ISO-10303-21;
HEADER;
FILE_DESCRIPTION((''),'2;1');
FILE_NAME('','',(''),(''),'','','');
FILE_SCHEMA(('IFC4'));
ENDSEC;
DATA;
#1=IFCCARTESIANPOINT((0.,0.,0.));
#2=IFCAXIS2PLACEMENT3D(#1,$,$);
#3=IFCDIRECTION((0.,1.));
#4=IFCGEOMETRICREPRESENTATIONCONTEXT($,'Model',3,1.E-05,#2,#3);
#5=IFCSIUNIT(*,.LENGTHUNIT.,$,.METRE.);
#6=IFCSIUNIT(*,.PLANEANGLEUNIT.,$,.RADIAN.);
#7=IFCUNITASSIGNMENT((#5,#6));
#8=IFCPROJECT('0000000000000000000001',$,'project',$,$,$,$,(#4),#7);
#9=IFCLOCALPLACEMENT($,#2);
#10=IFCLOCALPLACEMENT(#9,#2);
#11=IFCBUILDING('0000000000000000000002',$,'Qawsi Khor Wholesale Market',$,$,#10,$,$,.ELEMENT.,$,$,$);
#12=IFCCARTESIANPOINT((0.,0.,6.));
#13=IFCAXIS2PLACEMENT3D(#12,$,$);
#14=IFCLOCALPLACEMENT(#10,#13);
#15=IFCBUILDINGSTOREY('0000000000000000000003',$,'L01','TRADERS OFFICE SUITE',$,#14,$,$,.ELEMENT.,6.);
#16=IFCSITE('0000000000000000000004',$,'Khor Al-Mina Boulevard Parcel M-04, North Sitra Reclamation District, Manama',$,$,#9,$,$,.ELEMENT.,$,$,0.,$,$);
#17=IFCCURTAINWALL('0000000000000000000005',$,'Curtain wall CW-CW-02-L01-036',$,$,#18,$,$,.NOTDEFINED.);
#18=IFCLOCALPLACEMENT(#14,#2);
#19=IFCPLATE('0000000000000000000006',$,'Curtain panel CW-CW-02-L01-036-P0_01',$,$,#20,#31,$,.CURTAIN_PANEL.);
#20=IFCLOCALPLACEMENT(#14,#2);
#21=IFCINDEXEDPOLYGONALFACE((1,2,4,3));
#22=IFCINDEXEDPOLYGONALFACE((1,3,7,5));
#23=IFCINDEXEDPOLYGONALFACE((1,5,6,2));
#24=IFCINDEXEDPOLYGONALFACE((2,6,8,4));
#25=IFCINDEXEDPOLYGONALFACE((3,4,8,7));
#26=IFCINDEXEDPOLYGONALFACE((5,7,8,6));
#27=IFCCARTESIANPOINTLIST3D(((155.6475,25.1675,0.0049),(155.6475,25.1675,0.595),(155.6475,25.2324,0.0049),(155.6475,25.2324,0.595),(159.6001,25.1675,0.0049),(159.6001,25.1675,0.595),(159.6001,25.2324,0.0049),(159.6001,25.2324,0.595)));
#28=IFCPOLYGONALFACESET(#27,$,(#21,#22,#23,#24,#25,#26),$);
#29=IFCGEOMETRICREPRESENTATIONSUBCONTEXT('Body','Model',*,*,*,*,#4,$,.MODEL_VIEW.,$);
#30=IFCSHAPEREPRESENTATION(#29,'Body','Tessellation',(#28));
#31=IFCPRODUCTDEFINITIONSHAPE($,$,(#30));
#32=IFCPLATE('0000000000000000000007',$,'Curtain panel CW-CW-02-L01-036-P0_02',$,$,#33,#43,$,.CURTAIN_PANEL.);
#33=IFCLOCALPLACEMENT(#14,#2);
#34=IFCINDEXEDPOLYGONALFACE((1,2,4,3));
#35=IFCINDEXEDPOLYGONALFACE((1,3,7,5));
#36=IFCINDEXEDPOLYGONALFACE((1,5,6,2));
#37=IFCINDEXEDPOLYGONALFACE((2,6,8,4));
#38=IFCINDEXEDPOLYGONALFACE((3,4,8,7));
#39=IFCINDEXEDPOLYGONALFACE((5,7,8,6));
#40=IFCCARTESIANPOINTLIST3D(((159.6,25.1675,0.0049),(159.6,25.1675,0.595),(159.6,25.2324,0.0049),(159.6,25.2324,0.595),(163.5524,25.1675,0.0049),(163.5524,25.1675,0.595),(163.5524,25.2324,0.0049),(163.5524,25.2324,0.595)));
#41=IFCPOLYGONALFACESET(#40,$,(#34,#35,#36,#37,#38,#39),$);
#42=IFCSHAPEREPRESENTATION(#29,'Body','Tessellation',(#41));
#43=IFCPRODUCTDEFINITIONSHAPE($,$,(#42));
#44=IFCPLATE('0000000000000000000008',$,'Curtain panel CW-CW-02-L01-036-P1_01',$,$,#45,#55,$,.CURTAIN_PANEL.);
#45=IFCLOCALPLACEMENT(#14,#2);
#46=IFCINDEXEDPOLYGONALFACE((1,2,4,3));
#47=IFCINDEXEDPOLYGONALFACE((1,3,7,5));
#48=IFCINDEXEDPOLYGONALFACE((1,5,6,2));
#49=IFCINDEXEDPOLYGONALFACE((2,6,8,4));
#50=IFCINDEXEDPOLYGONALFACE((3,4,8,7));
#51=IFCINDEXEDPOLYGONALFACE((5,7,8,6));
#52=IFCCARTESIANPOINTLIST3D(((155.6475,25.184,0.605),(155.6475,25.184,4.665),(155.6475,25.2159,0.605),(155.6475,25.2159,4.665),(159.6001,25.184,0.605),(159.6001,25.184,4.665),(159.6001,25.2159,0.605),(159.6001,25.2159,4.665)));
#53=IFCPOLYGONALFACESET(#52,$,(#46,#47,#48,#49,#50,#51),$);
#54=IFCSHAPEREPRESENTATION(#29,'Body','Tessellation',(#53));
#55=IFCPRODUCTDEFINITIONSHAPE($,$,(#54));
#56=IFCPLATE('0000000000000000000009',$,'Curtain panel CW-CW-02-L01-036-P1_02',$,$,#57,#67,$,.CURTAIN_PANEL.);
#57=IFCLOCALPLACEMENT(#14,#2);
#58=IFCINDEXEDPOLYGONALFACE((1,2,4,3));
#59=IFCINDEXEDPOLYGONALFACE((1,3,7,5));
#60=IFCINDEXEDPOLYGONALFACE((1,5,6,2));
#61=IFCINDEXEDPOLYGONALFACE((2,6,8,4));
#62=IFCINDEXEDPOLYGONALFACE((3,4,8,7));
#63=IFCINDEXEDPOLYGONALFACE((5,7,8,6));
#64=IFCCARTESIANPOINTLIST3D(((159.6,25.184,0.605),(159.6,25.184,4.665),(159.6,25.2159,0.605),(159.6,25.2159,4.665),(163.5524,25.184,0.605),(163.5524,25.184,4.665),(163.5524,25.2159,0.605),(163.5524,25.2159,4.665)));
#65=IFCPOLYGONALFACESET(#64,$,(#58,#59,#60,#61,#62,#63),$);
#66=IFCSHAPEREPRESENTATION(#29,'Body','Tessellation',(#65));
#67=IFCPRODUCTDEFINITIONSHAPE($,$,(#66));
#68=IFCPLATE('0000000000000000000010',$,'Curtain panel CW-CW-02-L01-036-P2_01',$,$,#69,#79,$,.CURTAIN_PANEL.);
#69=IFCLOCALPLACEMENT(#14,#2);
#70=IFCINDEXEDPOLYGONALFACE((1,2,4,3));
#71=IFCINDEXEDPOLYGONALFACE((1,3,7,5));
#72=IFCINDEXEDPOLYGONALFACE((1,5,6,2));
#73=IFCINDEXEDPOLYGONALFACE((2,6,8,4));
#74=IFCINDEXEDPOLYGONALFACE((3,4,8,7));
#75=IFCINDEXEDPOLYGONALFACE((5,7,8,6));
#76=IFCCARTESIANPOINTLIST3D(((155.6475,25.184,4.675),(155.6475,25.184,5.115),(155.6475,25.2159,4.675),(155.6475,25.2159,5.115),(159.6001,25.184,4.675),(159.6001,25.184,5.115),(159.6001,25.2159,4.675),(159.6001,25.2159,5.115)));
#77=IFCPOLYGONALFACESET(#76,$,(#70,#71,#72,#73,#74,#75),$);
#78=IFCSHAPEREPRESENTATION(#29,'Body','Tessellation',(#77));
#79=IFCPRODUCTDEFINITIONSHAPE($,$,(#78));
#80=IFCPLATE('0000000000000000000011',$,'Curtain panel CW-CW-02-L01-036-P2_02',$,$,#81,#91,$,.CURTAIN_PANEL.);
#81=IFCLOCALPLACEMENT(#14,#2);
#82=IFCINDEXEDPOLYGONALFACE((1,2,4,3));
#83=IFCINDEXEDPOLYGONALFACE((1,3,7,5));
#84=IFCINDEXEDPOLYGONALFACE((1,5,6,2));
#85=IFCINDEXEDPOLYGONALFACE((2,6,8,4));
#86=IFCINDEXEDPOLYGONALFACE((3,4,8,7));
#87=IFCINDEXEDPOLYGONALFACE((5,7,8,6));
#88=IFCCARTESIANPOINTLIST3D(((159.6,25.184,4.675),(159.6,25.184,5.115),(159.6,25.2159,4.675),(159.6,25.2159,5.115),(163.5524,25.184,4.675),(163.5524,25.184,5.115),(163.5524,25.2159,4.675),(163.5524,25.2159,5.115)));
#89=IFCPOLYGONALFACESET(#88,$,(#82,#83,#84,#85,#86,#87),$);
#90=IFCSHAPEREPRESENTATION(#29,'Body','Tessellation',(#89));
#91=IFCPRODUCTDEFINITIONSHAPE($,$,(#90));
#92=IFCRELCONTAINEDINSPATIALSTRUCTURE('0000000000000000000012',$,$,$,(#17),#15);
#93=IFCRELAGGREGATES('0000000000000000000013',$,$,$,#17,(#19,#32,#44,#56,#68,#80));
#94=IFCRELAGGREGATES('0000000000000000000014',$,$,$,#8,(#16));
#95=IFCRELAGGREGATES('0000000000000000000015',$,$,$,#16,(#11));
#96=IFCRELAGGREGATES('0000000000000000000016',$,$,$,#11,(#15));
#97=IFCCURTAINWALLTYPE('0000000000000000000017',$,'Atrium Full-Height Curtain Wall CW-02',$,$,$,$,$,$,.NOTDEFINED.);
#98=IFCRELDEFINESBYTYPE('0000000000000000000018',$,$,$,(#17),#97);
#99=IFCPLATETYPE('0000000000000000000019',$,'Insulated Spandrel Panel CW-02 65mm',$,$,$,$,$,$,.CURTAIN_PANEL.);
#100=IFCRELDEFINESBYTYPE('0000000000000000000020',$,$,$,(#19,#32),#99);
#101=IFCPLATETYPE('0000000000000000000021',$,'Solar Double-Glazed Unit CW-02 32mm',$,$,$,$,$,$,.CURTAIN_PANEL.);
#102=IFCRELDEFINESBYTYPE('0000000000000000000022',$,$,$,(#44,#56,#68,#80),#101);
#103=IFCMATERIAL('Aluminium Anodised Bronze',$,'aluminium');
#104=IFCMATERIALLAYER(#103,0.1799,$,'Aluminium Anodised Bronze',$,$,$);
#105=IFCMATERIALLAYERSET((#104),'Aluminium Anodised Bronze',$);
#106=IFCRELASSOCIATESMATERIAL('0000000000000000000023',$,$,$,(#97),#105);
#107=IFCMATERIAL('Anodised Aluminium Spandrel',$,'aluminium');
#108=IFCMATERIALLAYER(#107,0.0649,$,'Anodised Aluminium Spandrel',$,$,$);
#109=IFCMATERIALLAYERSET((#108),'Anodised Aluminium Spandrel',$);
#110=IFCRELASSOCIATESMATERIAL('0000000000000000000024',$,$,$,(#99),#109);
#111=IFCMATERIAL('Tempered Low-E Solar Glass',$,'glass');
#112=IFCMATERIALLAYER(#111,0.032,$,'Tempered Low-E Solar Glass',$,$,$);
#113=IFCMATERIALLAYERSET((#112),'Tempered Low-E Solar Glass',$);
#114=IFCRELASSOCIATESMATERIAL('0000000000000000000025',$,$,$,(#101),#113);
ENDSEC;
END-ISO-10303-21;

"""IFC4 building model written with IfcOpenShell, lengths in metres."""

from ifc_helpers import new_model, si_unit, direction, frame, frame_2d, origin, place, context, subcontext, project, spatial, rectangle, extrude, material, layer, layer_set, type_object, element, aggregate, save


model = new_model("IFC4")

# Units and contexts
model_context = context("Model", 3, precision=1e-05, world=origin(), true_north=direction((0.0, 1.0)))
body_context = subcontext(model_context, "Body", "Model", "MODEL_VIEW")
ifc_project = project(units=[si_unit("LENGTHUNIT", "METRE"), si_unit("PLANEANGLEUNIT", "RADIAN")], contexts=[model_context])

# Site, building, storey
site_placement = place(None, origin())
site = spatial("IfcSite", under=ifc_project, at=site_placement, Name="Khor Al-Mina Boulevard Parcel M-04, North Sitra Reclamation District, Manama", CompositionType="ELEMENT", RefElevation=0.0)
building_placement = place(site_placement, origin())
building = spatial("IfcBuilding", under=site, at=building_placement, Name="Qawsi Khor Wholesale Market", CompositionType="ELEMENT")
storey_placement = place(building_placement, frame((0.0, 0.0, 6.0)))
storey = spatial("IfcBuildingStorey", under=building, at=storey_placement, Name="L01", Description="TRADERS OFFICE SUITE", CompositionType="ELEMENT", Elevation=6.0)

# Curtain wall, plates
ifc_material_1 = material(Name="Aluminium Anodised Bronze", Category="aluminium")
ifc_layer_1 = layer(ifc_material_1, 0.1799, Name="Aluminium Anodised Bronze")
ifc_layer_set_1 = layer_set([ifc_layer_1], Name="Aluminium Anodised Bronze")
curtain_wall_type = type_object("IfcCurtainWallType", Name="Atrium Full-Height Curtain Wall CW-02", PredefinedType="NOTDEFINED", material=ifc_layer_set_1)
curtain_wall_placement = place(storey_placement, origin())
curtain_wall = element("IfcCurtainWall", 1, at=curtain_wall_placement, inside=storey, type_object=curtain_wall_type, Name="Curtain wall CW-CW-02-L01-036", PredefinedType="NOTDEFINED")
ifc_material_2 = material(Name="Anodised Aluminium Spandrel", Category="aluminium")
ifc_layer_2 = layer(ifc_material_2, 0.0649, Name="Anodised Aluminium Spandrel")
ifc_layer_set_2 = layer_set([ifc_layer_2], Name="Anodised Aluminium Spandrel")
plate_type_1 = type_object("IfcPlateType", Name="Insulated Spandrel Panel CW-02 65mm", PredefinedType="CURTAIN_PANEL", material=ifc_layer_set_2)
plate_1_placement = place(storey_placement, frame((155.6475, 25.2, 0.0049), z_axis=(0.0, 0.0, 1.0), x_axis=(1.0, 0.0, 0.0)))
plate_1 = element("IfcPlate", 2, at=plate_1_placement, type_object=plate_type_1, Name="Curtain panel CW-CW-02-L01-036-P0_01", PredefinedType="CURTAIN_PANEL", context=body_context, shape_type="SweptSolid", body=[
    extrude(rectangle(XDim=3.9526, YDim=0.0649, at=frame_2d((1.9763, 0.0))), origin(), (0.0, 0.0, 1.0), 0.5901),
])
plate_2_placement = place(storey_placement, frame((159.6001, 25.2, 0.0049), z_axis=(0.0, 0.0, 1.0), x_axis=(1.0, 0.0, 0.0)))
plate_2 = element("IfcPlate", 3, at=plate_2_placement, type_object=plate_type_1, Name="Curtain panel CW-CW-02-L01-036-P0_02", PredefinedType="CURTAIN_PANEL", context=body_context, shape_type="SweptSolid", body=[
    extrude(rectangle(XDim=3.9524, YDim=0.0649, at=frame_2d((1.9761, 0.0))), origin(), (0.0, 0.0, 1.0), 0.5901),
])
ifc_material_3 = material(Name="Tempered Low-E Solar Glass", Category="glass")
ifc_layer_3 = layer(ifc_material_3, 0.032, Name="Tempered Low-E Solar Glass")
ifc_layer_set_3 = layer_set([ifc_layer_3], Name="Tempered Low-E Solar Glass")
plate_type_2 = type_object("IfcPlateType", Name="Solar Double-Glazed Unit CW-02 32mm", PredefinedType="CURTAIN_PANEL", material=ifc_layer_set_3)
plate_3_placement = place(storey_placement, frame((155.6475, 25.2, 0.605), z_axis=(0.0, 0.0, 1.0), x_axis=(1.0, 0.0, 0.0)))
plate_3 = element("IfcPlate", 4, at=plate_3_placement, type_object=plate_type_2, Name="Curtain panel CW-CW-02-L01-036-P1_01", PredefinedType="CURTAIN_PANEL", context=body_context, shape_type="SweptSolid", body=[
    extrude(rectangle(XDim=3.9526, YDim=0.032, at=frame_2d((1.9763, 0.0))), origin(), (0.0, 0.0, 1.0), 4.0601),
])
plate_4_placement = place(storey_placement, frame((159.6001, 25.2, 0.605), z_axis=(0.0, 0.0, 1.0), x_axis=(1.0, 0.0, 0.0)))
plate_4 = element("IfcPlate", 5, at=plate_4_placement, type_object=plate_type_2, Name="Curtain panel CW-CW-02-L01-036-P1_02", PredefinedType="CURTAIN_PANEL", context=body_context, shape_type="SweptSolid", body=[
    extrude(rectangle(XDim=3.9524, YDim=0.032, at=frame_2d((1.9761, 0.0))), origin(), (0.0, 0.0, 1.0), 4.0601),
])
plate_5_placement = place(storey_placement, frame((155.6475, 25.2, 4.675), z_axis=(0.0, 0.0, 1.0), x_axis=(1.0, 0.0, 0.0)))
plate_5 = element("IfcPlate", 6, at=plate_5_placement, type_object=plate_type_2, Name="Curtain panel CW-CW-02-L01-036-P2_01", PredefinedType="CURTAIN_PANEL", context=body_context, shape_type="SweptSolid", body=[
    extrude(rectangle(XDim=3.9526, YDim=0.032, at=frame_2d((1.9763, 0.0))), origin(), (0.0, 0.0, 1.0), 0.4399),
])
plate_6_placement = place(storey_placement, frame((159.6001, 25.2, 4.675), z_axis=(0.0, 0.0, 1.0), x_axis=(1.0, 0.0, 0.0)))
plate_6 = element("IfcPlate", 7, at=plate_6_placement, type_object=plate_type_2, Name="Curtain panel CW-CW-02-L01-036-P2_02", PredefinedType="CURTAIN_PANEL", context=body_context, shape_type="SweptSolid", body=[
    extrude(rectangle(XDim=3.9524, YDim=0.032, at=frame_2d((1.9761, 0.0))), origin(), (0.0, 0.0, 1.0), 0.4399),
])
aggregate(curtain_wall, [plate_1, plate_2, plate_3, plate_4, plate_5, plate_6])

save(model, "model.ifc")
